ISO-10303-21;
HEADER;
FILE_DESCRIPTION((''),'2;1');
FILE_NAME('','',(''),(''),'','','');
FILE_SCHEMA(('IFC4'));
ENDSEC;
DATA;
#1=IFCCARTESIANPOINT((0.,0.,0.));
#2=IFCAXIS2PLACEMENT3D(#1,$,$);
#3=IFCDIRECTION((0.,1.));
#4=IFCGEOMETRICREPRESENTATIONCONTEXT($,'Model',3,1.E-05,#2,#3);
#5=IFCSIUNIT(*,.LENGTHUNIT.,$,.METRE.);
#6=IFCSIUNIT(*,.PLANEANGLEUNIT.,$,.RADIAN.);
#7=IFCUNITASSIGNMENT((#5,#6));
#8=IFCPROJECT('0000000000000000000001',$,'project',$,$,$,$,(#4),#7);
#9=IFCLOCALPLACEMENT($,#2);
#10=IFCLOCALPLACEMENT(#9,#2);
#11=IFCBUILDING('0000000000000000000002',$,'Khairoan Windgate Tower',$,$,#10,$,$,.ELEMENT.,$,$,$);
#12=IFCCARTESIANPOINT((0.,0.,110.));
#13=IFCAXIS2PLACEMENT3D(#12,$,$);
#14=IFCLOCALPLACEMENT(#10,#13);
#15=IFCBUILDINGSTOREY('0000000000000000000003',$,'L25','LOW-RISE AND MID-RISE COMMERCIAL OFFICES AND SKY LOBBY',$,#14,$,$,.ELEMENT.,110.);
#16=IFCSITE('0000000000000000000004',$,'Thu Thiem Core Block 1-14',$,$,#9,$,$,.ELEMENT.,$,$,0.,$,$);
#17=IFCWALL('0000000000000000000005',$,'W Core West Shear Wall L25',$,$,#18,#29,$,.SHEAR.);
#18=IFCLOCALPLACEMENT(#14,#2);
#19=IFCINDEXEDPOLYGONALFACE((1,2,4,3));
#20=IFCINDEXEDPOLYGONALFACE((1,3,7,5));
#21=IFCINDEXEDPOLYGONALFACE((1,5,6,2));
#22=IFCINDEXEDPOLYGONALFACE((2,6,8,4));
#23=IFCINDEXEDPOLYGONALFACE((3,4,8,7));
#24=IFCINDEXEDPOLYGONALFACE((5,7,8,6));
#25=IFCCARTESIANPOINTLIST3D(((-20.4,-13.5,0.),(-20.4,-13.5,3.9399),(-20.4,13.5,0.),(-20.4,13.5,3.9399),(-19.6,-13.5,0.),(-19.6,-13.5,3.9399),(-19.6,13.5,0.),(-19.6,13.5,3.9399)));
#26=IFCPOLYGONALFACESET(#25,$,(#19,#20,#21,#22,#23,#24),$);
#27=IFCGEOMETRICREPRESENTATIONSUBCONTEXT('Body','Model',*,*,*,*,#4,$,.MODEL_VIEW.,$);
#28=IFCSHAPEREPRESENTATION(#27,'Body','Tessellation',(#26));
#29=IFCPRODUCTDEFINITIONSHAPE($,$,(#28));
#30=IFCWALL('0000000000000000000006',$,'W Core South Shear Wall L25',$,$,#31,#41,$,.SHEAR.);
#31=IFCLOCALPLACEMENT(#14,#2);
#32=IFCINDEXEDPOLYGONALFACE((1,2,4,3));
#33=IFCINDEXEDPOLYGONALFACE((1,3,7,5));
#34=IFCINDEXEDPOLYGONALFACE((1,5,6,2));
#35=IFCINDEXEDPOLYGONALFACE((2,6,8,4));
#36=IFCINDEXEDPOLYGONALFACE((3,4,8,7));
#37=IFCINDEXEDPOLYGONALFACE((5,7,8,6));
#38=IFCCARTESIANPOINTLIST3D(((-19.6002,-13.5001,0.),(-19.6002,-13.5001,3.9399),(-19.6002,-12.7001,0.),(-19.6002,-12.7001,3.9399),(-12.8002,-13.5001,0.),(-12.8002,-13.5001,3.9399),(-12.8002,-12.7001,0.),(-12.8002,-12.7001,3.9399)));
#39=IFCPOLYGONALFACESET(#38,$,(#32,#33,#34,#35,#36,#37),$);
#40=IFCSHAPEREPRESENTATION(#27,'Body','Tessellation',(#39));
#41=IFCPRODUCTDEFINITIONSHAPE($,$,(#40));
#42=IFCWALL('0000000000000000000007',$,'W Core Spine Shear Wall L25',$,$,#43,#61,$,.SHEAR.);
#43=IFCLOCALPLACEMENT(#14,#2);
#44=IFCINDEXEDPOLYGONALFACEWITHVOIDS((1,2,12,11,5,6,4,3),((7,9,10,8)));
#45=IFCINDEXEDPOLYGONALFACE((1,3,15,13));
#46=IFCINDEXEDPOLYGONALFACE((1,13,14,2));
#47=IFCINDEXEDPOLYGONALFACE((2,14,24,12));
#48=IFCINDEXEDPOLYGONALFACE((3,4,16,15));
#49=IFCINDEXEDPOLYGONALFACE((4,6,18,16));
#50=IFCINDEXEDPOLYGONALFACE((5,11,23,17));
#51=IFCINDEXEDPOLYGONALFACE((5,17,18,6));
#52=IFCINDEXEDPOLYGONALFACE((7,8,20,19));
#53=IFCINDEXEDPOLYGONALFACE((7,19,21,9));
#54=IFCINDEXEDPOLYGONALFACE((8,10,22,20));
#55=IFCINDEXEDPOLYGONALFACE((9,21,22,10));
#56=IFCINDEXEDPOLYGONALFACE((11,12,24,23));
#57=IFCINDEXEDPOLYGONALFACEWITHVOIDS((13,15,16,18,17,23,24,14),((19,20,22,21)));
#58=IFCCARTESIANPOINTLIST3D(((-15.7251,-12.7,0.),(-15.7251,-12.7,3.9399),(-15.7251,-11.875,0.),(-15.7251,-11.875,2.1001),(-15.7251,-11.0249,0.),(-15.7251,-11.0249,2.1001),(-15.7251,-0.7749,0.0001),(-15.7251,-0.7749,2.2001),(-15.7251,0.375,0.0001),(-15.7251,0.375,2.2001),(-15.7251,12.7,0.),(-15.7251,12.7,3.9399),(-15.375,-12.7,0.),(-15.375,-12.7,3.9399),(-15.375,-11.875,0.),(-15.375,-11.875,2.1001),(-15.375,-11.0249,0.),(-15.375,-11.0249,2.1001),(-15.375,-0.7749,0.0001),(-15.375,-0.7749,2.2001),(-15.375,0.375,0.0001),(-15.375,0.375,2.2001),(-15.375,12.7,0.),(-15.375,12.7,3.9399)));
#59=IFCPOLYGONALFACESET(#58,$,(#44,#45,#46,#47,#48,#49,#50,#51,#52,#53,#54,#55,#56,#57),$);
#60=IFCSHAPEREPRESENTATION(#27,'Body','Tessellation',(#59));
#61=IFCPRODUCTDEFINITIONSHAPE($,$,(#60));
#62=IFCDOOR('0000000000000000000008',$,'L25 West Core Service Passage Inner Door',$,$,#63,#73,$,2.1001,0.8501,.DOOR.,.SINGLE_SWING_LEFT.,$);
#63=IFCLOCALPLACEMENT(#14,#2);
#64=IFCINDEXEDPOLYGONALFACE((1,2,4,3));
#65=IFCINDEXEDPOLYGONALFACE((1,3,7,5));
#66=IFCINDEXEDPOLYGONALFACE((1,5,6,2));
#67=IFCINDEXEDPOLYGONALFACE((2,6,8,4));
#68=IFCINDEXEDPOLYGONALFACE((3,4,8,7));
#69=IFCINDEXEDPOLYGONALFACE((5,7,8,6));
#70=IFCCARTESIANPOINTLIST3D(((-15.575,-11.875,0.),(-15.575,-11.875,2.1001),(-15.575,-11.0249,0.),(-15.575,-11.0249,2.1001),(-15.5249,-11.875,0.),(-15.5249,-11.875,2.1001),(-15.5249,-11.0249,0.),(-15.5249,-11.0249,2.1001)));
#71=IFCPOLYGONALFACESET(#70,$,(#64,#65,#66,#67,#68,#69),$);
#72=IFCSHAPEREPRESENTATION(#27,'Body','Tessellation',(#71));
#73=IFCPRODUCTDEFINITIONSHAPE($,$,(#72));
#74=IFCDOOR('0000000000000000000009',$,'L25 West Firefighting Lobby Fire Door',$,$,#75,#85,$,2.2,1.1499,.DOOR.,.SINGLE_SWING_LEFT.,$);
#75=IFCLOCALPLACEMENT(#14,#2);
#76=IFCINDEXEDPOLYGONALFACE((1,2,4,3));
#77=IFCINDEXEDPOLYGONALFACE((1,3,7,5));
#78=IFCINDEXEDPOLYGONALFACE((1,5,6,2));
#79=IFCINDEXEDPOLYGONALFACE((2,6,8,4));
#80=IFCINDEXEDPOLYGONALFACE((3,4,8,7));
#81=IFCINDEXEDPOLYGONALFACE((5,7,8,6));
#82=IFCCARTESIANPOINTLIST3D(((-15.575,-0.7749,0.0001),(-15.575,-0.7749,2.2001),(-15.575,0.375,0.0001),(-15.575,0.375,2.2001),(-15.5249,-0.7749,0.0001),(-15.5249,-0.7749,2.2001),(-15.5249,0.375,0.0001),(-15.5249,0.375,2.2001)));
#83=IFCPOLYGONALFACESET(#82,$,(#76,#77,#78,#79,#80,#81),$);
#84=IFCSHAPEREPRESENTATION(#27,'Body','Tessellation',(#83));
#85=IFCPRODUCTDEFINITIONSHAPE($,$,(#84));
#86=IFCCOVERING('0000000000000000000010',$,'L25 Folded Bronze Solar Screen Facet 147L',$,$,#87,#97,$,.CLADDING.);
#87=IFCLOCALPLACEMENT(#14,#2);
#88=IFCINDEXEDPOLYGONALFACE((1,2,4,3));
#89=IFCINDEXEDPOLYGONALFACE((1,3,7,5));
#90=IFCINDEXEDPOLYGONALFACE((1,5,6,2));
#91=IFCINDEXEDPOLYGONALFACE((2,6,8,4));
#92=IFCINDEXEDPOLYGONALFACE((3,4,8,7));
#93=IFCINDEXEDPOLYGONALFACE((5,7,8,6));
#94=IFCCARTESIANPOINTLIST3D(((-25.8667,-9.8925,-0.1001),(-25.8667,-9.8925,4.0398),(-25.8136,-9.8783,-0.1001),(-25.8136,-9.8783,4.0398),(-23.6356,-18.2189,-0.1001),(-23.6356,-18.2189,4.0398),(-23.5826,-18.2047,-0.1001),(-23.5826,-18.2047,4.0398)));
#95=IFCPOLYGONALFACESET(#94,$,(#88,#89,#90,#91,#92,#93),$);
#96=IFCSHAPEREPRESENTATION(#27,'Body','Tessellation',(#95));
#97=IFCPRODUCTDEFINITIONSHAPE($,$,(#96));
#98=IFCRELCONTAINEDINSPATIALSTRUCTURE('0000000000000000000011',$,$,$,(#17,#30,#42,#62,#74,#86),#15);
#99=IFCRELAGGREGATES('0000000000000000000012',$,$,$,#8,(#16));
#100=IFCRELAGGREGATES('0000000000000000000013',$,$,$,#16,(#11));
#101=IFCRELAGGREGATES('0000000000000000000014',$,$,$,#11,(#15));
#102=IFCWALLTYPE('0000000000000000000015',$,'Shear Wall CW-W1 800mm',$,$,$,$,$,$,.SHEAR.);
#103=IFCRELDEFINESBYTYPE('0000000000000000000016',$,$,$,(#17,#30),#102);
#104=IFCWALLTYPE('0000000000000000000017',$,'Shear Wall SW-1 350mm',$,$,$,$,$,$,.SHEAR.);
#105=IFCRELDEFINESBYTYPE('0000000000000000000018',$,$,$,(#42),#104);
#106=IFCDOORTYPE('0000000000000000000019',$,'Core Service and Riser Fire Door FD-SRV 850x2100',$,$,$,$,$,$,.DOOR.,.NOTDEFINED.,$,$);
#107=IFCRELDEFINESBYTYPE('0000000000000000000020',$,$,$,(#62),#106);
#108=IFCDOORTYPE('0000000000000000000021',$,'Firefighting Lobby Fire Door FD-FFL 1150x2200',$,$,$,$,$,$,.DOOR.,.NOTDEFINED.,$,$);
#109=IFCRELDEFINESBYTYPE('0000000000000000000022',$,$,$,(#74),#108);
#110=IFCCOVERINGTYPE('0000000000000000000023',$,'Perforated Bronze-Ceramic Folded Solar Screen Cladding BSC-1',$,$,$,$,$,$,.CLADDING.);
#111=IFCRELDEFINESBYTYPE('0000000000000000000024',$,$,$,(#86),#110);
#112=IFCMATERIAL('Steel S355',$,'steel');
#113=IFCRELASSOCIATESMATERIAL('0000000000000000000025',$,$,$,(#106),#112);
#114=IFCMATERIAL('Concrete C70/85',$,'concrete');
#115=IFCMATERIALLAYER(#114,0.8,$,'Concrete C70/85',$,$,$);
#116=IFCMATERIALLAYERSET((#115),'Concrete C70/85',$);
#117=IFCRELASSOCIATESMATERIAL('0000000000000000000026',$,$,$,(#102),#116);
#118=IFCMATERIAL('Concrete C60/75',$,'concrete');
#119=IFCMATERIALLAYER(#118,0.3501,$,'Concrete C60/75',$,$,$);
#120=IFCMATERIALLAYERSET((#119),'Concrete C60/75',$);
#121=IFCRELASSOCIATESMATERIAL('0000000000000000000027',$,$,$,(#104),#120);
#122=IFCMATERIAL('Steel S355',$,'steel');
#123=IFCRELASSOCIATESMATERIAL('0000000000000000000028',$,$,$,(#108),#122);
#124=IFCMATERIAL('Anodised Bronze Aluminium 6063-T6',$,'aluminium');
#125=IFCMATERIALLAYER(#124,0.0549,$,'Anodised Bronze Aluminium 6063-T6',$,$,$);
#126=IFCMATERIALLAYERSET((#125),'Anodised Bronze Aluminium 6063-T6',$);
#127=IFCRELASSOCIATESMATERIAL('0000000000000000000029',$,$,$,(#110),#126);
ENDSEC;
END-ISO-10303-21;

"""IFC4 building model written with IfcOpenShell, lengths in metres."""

from ifc_helpers import new_model, si_unit, direction, frame, frame_2d, origin, origin_2d, place, context, subcontext, project, spatial, rectangle, extrude, material, layer, layer_set, type_object, element, fill, save


model = new_model("IFC4")

# Units and contexts
model_context = context("Model", 3, precision=1e-05, world=origin(), true_north=direction((0.0, 1.0)))
body_context = subcontext(model_context, "Body", "Model", "MODEL_VIEW")
ifc_project = project(units=[si_unit("LENGTHUNIT", "METRE"), si_unit("PLANEANGLEUNIT", "RADIAN")], contexts=[model_context])

# Site, building, storey
site_placement = place(None, origin())
site = spatial("IfcSite", under=ifc_project, at=site_placement, Name="Thu Thiem Core Block 1-14", CompositionType="ELEMENT", RefElevation=0.0)
building_placement = place(site_placement, origin())
building = spatial("IfcBuilding", under=site, at=building_placement, Name="Khairoan Windgate Tower", CompositionType="ELEMENT")
storey_placement = place(building_placement, frame((0.0, 0.0, 110.0)))
storey = spatial("IfcBuildingStorey", under=building, at=storey_placement, Name="L25", Description="LOW-RISE AND MID-RISE COMMERCIAL OFFICES AND SKY LOBBY", CompositionType="ELEMENT", Elevation=110.0)

# Shared definitions
ifc_material_1 = material(Name="Steel S355", Category="steel")
door_type_1 = type_object("IfcDoorType", Name="Core Service and Riser Fire Door FD-SRV 850x2100", OperationType="NOTDEFINED", PredefinedType="DOOR", material=ifc_material_1)

# Walls
ifc_material_2 = material(Name="Concrete C70/85", Category="concrete")
ifc_layer_1 = layer(ifc_material_2, 0.8, Name="Concrete C70/85")
ifc_layer_set_1 = layer_set([ifc_layer_1], Name="Concrete C70/85")
wall_type_1 = type_object("IfcWallType", Name="Shear Wall CW-W1 800mm", PredefinedType="SHEAR", material=ifc_layer_set_1)
wall_1_placement = place(storey_placement, frame((-20.0, -13.5, 0.0), z_axis=(0.0, 0.0, 1.0), x_axis=(0.0, 1.0, 0.0)))
element("IfcWall", 1, at=wall_1_placement, inside=storey, type_object=wall_type_1, Name="W Core West Shear Wall L25", PredefinedType="SHEAR", context=body_context, shape_type="SweptSolid", body=[
    extrude(rectangle(XDim=27.0, YDim=0.8, at=frame_2d((13.5, 0.0))), origin(), (0.0, 0.0, 1.0), 3.9399),
])
wall_2_placement = place(storey_placement, frame((-19.6001, -13.1001, 0.0), z_axis=(0.0, 0.0, 1.0), x_axis=(1.0, 0.0, 0.0)))
element("IfcWall", 2, at=wall_2_placement, inside=storey, type_object=wall_type_1, Name="W Core South Shear Wall L25", PredefinedType="SHEAR", context=body_context, shape_type="SweptSolid", body=[
    extrude(rectangle(XDim=6.8, YDim=0.8, at=frame_2d((3.3999, 0.0))), origin(), (0.0, 0.0, 1.0), 3.9399),
])

# Wall, openings, doors
ifc_material_3 = material(Name="Concrete C60/75", Category="concrete")
ifc_layer_2 = layer(ifc_material_3, 0.3501, Name="Concrete C60/75")
ifc_layer_set_2 = layer_set([ifc_layer_2], Name="Concrete C60/75")
wall_type_2 = type_object("IfcWallType", Name="Shear Wall SW-1 350mm", PredefinedType="SHEAR", material=ifc_layer_set_2)
wall_3_placement = place(storey_placement, frame((-15.55, -12.7, 0.0), z_axis=(0.0, 0.0, 1.0), x_axis=(0.0, 1.0, 0.0)))
wall_3 = element("IfcWall", 3, at=wall_3_placement, inside=storey, type_object=wall_type_2, Name="W Core Spine Shear Wall L25", PredefinedType="SHEAR", context=body_context, shape_type="SweptSolid", body=[
    extrude(rectangle(XDim=25.3999, YDim=0.3501, at=frame_2d((12.7, 0.0))), origin(), (0.0, 0.0, 1.0), 3.9399),
])
opening_1_placement = place(wall_3_placement, frame((11.925, 0.0, 0.0)))
opening_1 = element("IfcOpeningElement", 4, at=opening_1_placement, cuts=wall_3, PredefinedType="OPENING", context=body_context, shape_type="SweptSolid", body=[
    extrude(rectangle(XDim=1.1499, YDim=2.2, at=frame_2d((0.575, 1.1001))), frame((0.0, 0.1851, 0.0), z_axis=(0.0, -1.0, 0.0), x_axis=(1.0, 0.0, 0.0)), (0.0, 0.0, 1.0), 0.3701),
])
opening_2_placement = place(wall_3_placement, frame((0.825, 0.0, 0.0)))
opening_2 = element("IfcOpeningElement", 5, at=opening_2_placement, cuts=wall_3, PredefinedType="OPENING", context=body_context, shape_type="SweptSolid", body=[
    extrude(rectangle(XDim=0.8501, YDim=2.1001, at=frame_2d((0.425, 1.05))), frame((0.0, 0.1851, 0.0), z_axis=(0.0, -1.0, 0.0), x_axis=(1.0, 0.0, 0.0)), (0.0, 0.0, 1.0), 0.3701),
])
door_1_placement = place(opening_2_placement, origin())
door_1 = element("IfcDoor", 6, at=door_1_placement, inside=storey, type_object=door_type_1, Name="L25 West Core Service Passage Inner Door", OperationType="SINGLE_SWING_LEFT", OverallHeight=2.1001, OverallWidth=0.8501, PredefinedType="DOOR", context=body_context, shape_type="SweptSolid", body=[
    extrude(rectangle(XDim=0.8501, YDim=2.1001, at=frame_2d((0.425, 1.05))), frame((0.0, 0.0249, 0.0), z_axis=(0.0, -1.0, 0.0), x_axis=(1.0, 0.0, 0.0)), (0.0, 0.0, 1.0), 0.05),
])
fill(opening_2, door_1)
ifc_material_4 = material(Name="Steel S355", Category="steel")
door_type_2 = type_object("IfcDoorType", Name="Firefighting Lobby Fire Door FD-FFL 1150x2200", OperationType="NOTDEFINED", PredefinedType="DOOR", material=ifc_material_4)
door_2_placement = place(opening_1_placement, origin())
door_2 = element("IfcDoor", 7, at=door_2_placement, inside=storey, type_object=door_type_2, Name="L25 West Firefighting Lobby Fire Door", OperationType="SINGLE_SWING_LEFT", OverallHeight=2.2, OverallWidth=1.1499, PredefinedType="DOOR", context=body_context, shape_type="SweptSolid", body=[
    extrude(rectangle(XDim=1.1499, YDim=2.2, at=frame_2d((0.575, 1.1001))), frame((0.0, 0.0249, 0.0), z_axis=(0.0, -1.0, 0.0), x_axis=(1.0, 0.0, 0.0)), (0.0, 0.0, 1.0), 0.05),
])
fill(opening_1, door_2)

# Covering
ifc_material_5 = material(Name="Anodised Bronze Aluminium 6063-T6", Category="aluminium")
ifc_layer_3 = layer(ifc_material_5, 0.0549, Name="Anodised Bronze Aluminium 6063-T6")
ifc_layer_set_3 = layer_set([ifc_layer_3], Name="Anodised Bronze Aluminium 6063-T6")
covering_type = type_object("IfcCoveringType", Name="Perforated Bronze-Ceramic Folded Solar Screen Cladding BSC-1", PredefinedType="CLADDING", material=ifc_layer_set_3)
covering_placement = place(storey_placement, frame((-24.7246, -14.0486, -0.1001), z_axis=(0.0, 0.0, 1.0), x_axis=(-0.258819, 0.965926, 0.0)))
element("IfcCovering", 8, at=covering_placement, inside=storey, type_object=covering_type, Name="L25 Folded Bronze Solar Screen Facet 147L", PredefinedType="CLADDING", context=body_context, shape_type="SweptSolid", body=[
    extrude(rectangle(XDim=8.6201, YDim=0.0549, at=origin_2d()), origin(), (0.0, 0.0, 1.0), 4.1399),
])

save(model, "model.ifc")
